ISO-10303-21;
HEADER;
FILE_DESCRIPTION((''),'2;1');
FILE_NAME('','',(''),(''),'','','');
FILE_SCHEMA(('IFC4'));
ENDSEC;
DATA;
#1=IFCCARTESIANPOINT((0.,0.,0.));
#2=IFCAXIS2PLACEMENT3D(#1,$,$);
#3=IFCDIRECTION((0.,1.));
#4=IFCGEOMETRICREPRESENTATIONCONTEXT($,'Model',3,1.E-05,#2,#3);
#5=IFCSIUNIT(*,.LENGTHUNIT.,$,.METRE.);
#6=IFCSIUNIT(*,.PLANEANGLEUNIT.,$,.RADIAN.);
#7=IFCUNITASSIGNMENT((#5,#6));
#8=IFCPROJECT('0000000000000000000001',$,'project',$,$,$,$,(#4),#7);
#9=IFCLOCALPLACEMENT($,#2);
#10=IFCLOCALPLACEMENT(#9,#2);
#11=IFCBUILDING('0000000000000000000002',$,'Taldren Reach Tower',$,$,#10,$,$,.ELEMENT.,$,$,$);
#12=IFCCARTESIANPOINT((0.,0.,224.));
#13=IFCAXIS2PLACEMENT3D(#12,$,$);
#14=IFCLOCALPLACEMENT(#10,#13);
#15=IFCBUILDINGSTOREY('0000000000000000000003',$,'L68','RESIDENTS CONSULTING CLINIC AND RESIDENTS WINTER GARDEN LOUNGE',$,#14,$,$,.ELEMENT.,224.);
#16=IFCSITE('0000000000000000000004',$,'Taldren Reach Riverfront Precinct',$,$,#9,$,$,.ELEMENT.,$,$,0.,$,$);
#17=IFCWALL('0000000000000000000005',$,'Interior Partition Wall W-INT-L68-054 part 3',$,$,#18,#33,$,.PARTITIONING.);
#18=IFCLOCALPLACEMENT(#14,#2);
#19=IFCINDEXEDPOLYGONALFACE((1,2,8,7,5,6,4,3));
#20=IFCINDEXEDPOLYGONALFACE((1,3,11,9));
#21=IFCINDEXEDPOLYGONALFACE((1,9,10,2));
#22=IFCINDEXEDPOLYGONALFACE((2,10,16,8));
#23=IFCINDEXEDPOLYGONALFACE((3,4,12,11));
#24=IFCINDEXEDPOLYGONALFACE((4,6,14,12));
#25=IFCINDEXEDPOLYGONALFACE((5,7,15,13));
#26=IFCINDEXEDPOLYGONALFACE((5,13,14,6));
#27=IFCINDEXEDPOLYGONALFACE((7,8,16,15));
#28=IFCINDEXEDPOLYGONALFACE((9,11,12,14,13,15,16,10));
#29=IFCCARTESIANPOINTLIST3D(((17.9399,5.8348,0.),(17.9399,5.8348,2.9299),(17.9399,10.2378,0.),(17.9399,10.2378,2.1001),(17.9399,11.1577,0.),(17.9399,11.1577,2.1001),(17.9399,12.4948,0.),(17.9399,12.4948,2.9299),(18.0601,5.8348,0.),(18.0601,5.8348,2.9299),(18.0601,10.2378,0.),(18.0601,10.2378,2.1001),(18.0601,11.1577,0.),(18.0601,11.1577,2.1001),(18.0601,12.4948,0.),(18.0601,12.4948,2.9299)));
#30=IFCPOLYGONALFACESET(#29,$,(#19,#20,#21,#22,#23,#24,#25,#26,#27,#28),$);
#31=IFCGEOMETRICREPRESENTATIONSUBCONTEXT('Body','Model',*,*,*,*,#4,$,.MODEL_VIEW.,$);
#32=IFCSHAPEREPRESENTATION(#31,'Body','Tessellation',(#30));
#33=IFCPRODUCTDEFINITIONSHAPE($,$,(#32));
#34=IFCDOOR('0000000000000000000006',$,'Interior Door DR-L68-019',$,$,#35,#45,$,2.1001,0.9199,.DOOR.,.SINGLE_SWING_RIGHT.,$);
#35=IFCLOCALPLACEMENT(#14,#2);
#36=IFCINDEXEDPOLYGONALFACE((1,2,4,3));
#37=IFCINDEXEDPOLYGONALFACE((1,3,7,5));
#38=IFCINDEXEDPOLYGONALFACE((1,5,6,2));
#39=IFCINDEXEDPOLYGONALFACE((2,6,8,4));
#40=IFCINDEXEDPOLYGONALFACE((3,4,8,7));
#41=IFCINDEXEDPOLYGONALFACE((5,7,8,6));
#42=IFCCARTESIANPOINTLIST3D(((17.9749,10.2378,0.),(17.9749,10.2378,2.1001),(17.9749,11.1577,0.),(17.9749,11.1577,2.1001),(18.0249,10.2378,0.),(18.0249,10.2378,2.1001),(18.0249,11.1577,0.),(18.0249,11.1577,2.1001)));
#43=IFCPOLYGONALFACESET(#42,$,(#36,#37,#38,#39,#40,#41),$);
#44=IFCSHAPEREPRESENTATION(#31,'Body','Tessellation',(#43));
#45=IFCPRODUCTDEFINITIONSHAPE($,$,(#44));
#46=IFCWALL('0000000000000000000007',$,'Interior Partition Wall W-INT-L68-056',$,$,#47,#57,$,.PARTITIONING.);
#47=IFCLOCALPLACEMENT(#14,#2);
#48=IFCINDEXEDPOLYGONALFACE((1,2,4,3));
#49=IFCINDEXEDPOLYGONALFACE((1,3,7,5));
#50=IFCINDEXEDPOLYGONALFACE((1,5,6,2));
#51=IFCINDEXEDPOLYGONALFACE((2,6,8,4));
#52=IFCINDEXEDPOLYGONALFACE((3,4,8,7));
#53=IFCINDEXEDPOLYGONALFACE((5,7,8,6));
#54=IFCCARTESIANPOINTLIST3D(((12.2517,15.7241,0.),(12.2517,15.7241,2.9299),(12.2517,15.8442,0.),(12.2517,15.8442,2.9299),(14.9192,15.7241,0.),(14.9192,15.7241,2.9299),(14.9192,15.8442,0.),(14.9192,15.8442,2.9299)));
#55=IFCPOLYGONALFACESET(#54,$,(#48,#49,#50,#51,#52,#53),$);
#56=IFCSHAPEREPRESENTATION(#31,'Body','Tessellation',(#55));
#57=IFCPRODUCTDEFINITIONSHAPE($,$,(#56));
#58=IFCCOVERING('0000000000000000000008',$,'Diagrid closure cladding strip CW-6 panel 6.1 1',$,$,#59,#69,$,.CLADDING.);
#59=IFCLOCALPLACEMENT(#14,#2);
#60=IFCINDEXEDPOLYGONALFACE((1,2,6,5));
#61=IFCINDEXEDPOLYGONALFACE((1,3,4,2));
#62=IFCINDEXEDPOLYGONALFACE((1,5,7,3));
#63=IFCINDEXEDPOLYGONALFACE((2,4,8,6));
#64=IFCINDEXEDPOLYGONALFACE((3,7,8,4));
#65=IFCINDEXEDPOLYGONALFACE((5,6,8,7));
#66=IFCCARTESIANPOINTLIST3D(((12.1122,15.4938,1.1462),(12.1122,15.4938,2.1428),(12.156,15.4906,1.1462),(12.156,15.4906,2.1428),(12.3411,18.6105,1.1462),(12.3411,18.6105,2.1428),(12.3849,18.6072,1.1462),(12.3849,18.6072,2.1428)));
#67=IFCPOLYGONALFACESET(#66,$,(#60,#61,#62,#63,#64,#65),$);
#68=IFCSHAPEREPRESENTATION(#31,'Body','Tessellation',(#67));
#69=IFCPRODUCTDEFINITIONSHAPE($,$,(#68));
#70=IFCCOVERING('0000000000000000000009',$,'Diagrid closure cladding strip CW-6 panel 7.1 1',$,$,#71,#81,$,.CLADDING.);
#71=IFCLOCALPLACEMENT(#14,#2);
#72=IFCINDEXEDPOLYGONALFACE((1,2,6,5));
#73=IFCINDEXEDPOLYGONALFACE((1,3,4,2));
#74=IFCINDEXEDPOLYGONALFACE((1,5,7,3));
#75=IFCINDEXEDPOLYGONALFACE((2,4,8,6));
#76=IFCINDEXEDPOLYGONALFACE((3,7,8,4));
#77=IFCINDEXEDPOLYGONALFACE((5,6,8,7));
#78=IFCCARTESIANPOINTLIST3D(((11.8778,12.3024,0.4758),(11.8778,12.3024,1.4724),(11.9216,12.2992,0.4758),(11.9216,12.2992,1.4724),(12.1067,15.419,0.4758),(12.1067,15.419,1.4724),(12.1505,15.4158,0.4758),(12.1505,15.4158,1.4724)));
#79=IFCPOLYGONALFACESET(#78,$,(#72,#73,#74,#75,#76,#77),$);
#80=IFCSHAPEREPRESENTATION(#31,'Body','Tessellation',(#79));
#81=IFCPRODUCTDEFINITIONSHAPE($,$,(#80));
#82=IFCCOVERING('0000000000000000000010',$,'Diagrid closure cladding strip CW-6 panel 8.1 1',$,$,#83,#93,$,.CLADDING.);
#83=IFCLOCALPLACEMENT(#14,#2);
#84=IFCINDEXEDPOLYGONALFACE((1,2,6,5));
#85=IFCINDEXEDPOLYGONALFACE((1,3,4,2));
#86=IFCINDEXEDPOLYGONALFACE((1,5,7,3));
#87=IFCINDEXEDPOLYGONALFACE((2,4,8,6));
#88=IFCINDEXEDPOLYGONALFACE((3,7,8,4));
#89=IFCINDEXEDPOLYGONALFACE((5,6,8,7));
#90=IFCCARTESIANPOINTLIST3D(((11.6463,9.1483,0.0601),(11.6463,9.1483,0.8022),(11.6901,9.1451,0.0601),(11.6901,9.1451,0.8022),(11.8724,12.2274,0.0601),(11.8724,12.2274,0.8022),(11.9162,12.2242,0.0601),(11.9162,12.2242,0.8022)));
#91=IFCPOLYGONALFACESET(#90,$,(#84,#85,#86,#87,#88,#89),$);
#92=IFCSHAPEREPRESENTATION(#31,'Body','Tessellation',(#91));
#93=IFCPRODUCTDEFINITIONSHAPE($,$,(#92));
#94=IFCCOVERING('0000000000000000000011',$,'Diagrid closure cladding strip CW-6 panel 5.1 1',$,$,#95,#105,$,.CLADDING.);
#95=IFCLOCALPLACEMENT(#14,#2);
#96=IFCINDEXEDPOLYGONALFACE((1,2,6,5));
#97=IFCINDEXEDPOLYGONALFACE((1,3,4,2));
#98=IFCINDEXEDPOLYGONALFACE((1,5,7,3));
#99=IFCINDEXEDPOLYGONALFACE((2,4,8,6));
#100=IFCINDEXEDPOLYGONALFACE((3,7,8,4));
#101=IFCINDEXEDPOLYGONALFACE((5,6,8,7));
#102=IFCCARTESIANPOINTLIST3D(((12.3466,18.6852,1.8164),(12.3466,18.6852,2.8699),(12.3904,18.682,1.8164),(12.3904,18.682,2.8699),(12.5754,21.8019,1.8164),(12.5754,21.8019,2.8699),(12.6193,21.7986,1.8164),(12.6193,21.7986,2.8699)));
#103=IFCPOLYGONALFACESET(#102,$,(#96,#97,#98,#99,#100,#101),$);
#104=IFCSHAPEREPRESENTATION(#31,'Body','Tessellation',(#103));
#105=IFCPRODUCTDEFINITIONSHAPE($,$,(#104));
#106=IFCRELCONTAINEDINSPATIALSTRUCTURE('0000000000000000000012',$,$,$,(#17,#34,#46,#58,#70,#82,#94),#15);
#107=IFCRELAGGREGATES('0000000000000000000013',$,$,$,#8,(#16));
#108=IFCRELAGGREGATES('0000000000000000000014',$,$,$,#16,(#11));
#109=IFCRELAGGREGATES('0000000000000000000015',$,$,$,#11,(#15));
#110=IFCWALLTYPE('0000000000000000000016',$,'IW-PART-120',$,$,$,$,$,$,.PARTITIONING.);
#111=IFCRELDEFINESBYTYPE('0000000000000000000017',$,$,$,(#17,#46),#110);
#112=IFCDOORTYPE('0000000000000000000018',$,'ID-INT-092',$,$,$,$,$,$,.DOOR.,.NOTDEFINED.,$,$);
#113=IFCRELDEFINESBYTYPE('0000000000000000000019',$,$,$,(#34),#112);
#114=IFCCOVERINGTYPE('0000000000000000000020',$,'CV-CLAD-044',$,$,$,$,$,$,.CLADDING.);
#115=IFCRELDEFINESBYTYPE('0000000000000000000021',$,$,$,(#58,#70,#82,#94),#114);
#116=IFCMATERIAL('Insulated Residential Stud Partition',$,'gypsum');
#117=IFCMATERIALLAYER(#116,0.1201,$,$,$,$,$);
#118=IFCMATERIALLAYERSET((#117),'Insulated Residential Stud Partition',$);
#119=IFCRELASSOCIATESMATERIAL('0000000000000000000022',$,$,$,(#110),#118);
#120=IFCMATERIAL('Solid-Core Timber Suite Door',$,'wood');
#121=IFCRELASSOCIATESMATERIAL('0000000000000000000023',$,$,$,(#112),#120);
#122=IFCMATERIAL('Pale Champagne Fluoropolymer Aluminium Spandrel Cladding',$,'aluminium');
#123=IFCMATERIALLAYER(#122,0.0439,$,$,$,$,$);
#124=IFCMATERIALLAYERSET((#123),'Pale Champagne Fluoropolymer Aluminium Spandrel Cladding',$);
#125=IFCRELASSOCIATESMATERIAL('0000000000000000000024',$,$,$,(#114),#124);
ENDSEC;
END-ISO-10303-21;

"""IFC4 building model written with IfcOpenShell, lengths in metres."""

from ifc_helpers import new_model, si_unit, direction, frame, frame_2d, origin, origin_2d, place, context, subcontext, project, spatial, rectangle, extrude, source, transform, mapped, material, layer, layer_set, type_object, element, fill, save


model = new_model("IFC4")

# Units and contexts
model_context = context("Model", 3, precision=1e-05, world=origin(), true_north=direction((0.0, 1.0)))
body_context = subcontext(model_context, "Body", "Model", "MODEL_VIEW")
ifc_project = project(units=[si_unit("LENGTHUNIT", "METRE"), si_unit("PLANEANGLEUNIT", "RADIAN")], contexts=[model_context])

# Site, building, storey
site_placement = place(None, origin())
site = spatial("IfcSite", under=ifc_project, at=site_placement, Name="Taldren Reach Riverfront Precinct", CompositionType="ELEMENT", RefElevation=0.0)
building_placement = place(site_placement, origin())
building = spatial("IfcBuilding", under=site, at=building_placement, Name="Taldren Reach Tower", CompositionType="ELEMENT")
storey_placement = place(building_placement, frame((0.0, 0.0, 224.0)))
storey = spatial("IfcBuildingStorey", under=building, at=storey_placement, Name="L68", Description="RESIDENTS CONSULTING CLINIC AND RESIDENTS WINTER GARDEN LOUNGE", CompositionType="ELEMENT", Elevation=224.0)

# Wall, opening, door
ifc_material_1 = material(Name="Insulated Residential Stud Partition", Category="gypsum")
ifc_layer_1 = layer(ifc_material_1, 0.1201)
ifc_layer_set_1 = layer_set([ifc_layer_1], Name="Insulated Residential Stud Partition")
wall_type_1 = type_object("IfcWallType", Name="IW-PART-120", PredefinedType="PARTITIONING", material=ifc_layer_set_1)
shared_shape_1 = source(origin(), body_context, "Body", "SweptSolid", [
    extrude(rectangle(XDim=0.9199, YDim=2.1001, at=frame_2d((0.46, 1.05))), frame((0.0, 0.0701, 0.0), z_axis=(0.0, -1.0, 0.0), x_axis=(1.0, 0.0, 0.0)), (0.0, 0.0, 1.0), 0.1401),
])
ifc_material_2 = material(Name="Solid-Core Timber Suite Door", Category="wood")
door_type_1 = type_object("IfcDoorType", Name="ID-INT-092", OperationType="NOTDEFINED", PredefinedType="DOOR", material=ifc_material_2)
shared_shape_2 = source(origin(), body_context, "Body", "SweptSolid", [
    extrude(rectangle(XDim=0.9199, YDim=2.1001, at=frame_2d((0.46, 1.05))), frame((0.0, 0.0249, 0.0), z_axis=(0.0, -1.0, 0.0), x_axis=(1.0, 0.0, 0.0)), (0.0, 0.0, 1.0), 0.05),
])
shared_shape_3 = source(origin(), body_context, "Body", "SweptSolid", [
    extrude(rectangle(XDim=6.6599, YDim=0.1201, at=frame_2d((3.3301, 0.0))), origin(), (0.0, 0.0, 1.0), 2.9299),
])
wall_1_placement = place(storey_placement, frame((18.0, 12.4949, 0.0), z_axis=(0.0, 0.0, 1.0), x_axis=(0.0, -1.0, 0.0)))
wall_1 = element("IfcWall", 1, at=wall_1_placement, inside=storey, type_object=wall_type_1, Name="Interior Partition Wall W-INT-L68-054 part 3", PredefinedType="PARTITIONING", context=body_context, shape_type="MappedRepresentation", body=[
    mapped(shared_shape_3, transform((0.0, 0.0, 0.0), scale=1.0)),
])
opening_1_placement = place(wall_1_placement, frame((1.3372, 0.0, 0.0)))
opening_1 = element("IfcOpeningElement", 2, at=opening_1_placement, cuts=wall_1, PredefinedType="OPENING", context=body_context, shape_type="MappedRepresentation", body=[
    mapped(shared_shape_1, transform((0.0, 0.0, 0.0), scale=1.0)),
])
door_1_placement = place(opening_1_placement, origin())
door_1 = element("IfcDoor", 3, at=door_1_placement, inside=storey, type_object=door_type_1, Name="Interior Door DR-L68-019", OperationType="SINGLE_SWING_RIGHT", OverallHeight=2.1001, OverallWidth=0.9199, PredefinedType="DOOR", context=body_context, shape_type="MappedRepresentation", body=[
    mapped(shared_shape_2, transform((0.0, 0.0, 0.0), scale=1.0)),
])
fill(opening_1, door_1)

# Wall
shared_shape_4 = source(origin(), body_context, "Body", "SweptSolid", [
    extrude(rectangle(XDim=2.6675, YDim=0.1201, at=frame_2d((1.3337, 0.0))), origin(), (0.0, 0.0, 1.0), 2.9299),
])
wall_2_placement = place(storey_placement, frame((14.9192, 15.7842, 0.0), z_axis=(0.0, 0.0, 1.0), x_axis=(-1.0, 0.0, 0.0)))
element("IfcWall", 4, at=wall_2_placement, inside=storey, type_object=wall_type_1, Name="Interior Partition Wall W-INT-L68-056", PredefinedType="PARTITIONING", context=body_context, shape_type="MappedRepresentation", body=[
    mapped(shared_shape_4, transform((0.0, 0.0, 0.0), scale=1.0)),
])

# Coverings
ifc_material_3 = material(Name="Pale Champagne Fluoropolymer Aluminium Spandrel Cladding", Category="aluminium")
ifc_layer_2 = layer(ifc_material_3, 0.0439)
ifc_layer_set_2 = layer_set([ifc_layer_2], Name="Pale Champagne Fluoropolymer Aluminium Spandrel Cladding")
covering_type = type_object("IfcCoveringType", Name="CV-CLAD-044", PredefinedType="CLADDING", material=ifc_layer_set_2)
shared_shape_5 = source(origin(), body_context, "Body", "SweptSolid", [
    extrude(rectangle(XDim=3.125, YDim=0.0439, at=origin_2d()), origin(), (0.0, 0.0, 1.0), 0.9966),
])
for number, where, z_axis, x_axis, name in (
    (5, (12.2485, 17.0505, 1.1462), (0.0, 0.0, 1.0), (-0.073238, -0.997314, 0.0), "Diagrid closure cladding strip CW-6 panel 6.1 1"),
    (6, (12.0142, 13.8591, 0.4758), (0.0, 0.0, 1.0), (-0.073238, -0.997314, 0.0), "Diagrid closure cladding strip CW-6 panel 7.1 1"),
):
    element("IfcCovering", number, at=place(storey_placement, frame(where, z_axis=z_axis, x_axis=x_axis)), inside=storey, type_object=covering_type, Name=name, PredefinedType="CLADDING", context=body_context, shape_type="MappedRepresentation", body=[
        mapped(shared_shape_5, transform((0.0, 0.0, 0.0), scale=1.0)),
    ])
shared_shape_6 = source(origin(), body_context, "Body", "SweptSolid", [
    extrude(rectangle(XDim=3.0874, YDim=0.0439, at=origin_2d()), origin(), (0.0, 0.0, 1.0), 0.7422),
])
covering_1_placement = place(storey_placement, frame((11.7812, 10.6863, 0.0601), z_axis=(0.0, 0.0, 1.0), x_axis=(-0.073238, -0.997314, 0.0)))
element("IfcCovering", 7, at=covering_1_placement, inside=storey, type_object=covering_type, Name="Diagrid closure cladding strip CW-6 panel 8.1 1", PredefinedType="CLADDING", context=body_context, shape_type="MappedRepresentation", body=[
    mapped(shared_shape_6, transform((0.0, 0.0, 0.0), scale=1.0)),
])
shared_shape_7 = source(origin(), body_context, "Body", "SweptSolid", [
    extrude(rectangle(XDim=3.125, YDim=0.0439, at=origin_2d()), origin(), (0.0, 0.0, 1.0), 1.0535),
])
covering_2_placement = place(storey_placement, frame((12.4829, 20.2419, 1.8164), z_axis=(0.0, 0.0, 1.0), x_axis=(-0.073238, -0.997314, 0.0)))
element("IfcCovering", 8, at=covering_2_placement, inside=storey, type_object=covering_type, Name="Diagrid closure cladding strip CW-6 panel 5.1 1", PredefinedType="CLADDING", context=body_context, shape_type="MappedRepresentation", body=[
    mapped(shared_shape_7, transform((0.0, 0.0, 0.0), scale=1.0)),
])

save(model, "model.ifc")
